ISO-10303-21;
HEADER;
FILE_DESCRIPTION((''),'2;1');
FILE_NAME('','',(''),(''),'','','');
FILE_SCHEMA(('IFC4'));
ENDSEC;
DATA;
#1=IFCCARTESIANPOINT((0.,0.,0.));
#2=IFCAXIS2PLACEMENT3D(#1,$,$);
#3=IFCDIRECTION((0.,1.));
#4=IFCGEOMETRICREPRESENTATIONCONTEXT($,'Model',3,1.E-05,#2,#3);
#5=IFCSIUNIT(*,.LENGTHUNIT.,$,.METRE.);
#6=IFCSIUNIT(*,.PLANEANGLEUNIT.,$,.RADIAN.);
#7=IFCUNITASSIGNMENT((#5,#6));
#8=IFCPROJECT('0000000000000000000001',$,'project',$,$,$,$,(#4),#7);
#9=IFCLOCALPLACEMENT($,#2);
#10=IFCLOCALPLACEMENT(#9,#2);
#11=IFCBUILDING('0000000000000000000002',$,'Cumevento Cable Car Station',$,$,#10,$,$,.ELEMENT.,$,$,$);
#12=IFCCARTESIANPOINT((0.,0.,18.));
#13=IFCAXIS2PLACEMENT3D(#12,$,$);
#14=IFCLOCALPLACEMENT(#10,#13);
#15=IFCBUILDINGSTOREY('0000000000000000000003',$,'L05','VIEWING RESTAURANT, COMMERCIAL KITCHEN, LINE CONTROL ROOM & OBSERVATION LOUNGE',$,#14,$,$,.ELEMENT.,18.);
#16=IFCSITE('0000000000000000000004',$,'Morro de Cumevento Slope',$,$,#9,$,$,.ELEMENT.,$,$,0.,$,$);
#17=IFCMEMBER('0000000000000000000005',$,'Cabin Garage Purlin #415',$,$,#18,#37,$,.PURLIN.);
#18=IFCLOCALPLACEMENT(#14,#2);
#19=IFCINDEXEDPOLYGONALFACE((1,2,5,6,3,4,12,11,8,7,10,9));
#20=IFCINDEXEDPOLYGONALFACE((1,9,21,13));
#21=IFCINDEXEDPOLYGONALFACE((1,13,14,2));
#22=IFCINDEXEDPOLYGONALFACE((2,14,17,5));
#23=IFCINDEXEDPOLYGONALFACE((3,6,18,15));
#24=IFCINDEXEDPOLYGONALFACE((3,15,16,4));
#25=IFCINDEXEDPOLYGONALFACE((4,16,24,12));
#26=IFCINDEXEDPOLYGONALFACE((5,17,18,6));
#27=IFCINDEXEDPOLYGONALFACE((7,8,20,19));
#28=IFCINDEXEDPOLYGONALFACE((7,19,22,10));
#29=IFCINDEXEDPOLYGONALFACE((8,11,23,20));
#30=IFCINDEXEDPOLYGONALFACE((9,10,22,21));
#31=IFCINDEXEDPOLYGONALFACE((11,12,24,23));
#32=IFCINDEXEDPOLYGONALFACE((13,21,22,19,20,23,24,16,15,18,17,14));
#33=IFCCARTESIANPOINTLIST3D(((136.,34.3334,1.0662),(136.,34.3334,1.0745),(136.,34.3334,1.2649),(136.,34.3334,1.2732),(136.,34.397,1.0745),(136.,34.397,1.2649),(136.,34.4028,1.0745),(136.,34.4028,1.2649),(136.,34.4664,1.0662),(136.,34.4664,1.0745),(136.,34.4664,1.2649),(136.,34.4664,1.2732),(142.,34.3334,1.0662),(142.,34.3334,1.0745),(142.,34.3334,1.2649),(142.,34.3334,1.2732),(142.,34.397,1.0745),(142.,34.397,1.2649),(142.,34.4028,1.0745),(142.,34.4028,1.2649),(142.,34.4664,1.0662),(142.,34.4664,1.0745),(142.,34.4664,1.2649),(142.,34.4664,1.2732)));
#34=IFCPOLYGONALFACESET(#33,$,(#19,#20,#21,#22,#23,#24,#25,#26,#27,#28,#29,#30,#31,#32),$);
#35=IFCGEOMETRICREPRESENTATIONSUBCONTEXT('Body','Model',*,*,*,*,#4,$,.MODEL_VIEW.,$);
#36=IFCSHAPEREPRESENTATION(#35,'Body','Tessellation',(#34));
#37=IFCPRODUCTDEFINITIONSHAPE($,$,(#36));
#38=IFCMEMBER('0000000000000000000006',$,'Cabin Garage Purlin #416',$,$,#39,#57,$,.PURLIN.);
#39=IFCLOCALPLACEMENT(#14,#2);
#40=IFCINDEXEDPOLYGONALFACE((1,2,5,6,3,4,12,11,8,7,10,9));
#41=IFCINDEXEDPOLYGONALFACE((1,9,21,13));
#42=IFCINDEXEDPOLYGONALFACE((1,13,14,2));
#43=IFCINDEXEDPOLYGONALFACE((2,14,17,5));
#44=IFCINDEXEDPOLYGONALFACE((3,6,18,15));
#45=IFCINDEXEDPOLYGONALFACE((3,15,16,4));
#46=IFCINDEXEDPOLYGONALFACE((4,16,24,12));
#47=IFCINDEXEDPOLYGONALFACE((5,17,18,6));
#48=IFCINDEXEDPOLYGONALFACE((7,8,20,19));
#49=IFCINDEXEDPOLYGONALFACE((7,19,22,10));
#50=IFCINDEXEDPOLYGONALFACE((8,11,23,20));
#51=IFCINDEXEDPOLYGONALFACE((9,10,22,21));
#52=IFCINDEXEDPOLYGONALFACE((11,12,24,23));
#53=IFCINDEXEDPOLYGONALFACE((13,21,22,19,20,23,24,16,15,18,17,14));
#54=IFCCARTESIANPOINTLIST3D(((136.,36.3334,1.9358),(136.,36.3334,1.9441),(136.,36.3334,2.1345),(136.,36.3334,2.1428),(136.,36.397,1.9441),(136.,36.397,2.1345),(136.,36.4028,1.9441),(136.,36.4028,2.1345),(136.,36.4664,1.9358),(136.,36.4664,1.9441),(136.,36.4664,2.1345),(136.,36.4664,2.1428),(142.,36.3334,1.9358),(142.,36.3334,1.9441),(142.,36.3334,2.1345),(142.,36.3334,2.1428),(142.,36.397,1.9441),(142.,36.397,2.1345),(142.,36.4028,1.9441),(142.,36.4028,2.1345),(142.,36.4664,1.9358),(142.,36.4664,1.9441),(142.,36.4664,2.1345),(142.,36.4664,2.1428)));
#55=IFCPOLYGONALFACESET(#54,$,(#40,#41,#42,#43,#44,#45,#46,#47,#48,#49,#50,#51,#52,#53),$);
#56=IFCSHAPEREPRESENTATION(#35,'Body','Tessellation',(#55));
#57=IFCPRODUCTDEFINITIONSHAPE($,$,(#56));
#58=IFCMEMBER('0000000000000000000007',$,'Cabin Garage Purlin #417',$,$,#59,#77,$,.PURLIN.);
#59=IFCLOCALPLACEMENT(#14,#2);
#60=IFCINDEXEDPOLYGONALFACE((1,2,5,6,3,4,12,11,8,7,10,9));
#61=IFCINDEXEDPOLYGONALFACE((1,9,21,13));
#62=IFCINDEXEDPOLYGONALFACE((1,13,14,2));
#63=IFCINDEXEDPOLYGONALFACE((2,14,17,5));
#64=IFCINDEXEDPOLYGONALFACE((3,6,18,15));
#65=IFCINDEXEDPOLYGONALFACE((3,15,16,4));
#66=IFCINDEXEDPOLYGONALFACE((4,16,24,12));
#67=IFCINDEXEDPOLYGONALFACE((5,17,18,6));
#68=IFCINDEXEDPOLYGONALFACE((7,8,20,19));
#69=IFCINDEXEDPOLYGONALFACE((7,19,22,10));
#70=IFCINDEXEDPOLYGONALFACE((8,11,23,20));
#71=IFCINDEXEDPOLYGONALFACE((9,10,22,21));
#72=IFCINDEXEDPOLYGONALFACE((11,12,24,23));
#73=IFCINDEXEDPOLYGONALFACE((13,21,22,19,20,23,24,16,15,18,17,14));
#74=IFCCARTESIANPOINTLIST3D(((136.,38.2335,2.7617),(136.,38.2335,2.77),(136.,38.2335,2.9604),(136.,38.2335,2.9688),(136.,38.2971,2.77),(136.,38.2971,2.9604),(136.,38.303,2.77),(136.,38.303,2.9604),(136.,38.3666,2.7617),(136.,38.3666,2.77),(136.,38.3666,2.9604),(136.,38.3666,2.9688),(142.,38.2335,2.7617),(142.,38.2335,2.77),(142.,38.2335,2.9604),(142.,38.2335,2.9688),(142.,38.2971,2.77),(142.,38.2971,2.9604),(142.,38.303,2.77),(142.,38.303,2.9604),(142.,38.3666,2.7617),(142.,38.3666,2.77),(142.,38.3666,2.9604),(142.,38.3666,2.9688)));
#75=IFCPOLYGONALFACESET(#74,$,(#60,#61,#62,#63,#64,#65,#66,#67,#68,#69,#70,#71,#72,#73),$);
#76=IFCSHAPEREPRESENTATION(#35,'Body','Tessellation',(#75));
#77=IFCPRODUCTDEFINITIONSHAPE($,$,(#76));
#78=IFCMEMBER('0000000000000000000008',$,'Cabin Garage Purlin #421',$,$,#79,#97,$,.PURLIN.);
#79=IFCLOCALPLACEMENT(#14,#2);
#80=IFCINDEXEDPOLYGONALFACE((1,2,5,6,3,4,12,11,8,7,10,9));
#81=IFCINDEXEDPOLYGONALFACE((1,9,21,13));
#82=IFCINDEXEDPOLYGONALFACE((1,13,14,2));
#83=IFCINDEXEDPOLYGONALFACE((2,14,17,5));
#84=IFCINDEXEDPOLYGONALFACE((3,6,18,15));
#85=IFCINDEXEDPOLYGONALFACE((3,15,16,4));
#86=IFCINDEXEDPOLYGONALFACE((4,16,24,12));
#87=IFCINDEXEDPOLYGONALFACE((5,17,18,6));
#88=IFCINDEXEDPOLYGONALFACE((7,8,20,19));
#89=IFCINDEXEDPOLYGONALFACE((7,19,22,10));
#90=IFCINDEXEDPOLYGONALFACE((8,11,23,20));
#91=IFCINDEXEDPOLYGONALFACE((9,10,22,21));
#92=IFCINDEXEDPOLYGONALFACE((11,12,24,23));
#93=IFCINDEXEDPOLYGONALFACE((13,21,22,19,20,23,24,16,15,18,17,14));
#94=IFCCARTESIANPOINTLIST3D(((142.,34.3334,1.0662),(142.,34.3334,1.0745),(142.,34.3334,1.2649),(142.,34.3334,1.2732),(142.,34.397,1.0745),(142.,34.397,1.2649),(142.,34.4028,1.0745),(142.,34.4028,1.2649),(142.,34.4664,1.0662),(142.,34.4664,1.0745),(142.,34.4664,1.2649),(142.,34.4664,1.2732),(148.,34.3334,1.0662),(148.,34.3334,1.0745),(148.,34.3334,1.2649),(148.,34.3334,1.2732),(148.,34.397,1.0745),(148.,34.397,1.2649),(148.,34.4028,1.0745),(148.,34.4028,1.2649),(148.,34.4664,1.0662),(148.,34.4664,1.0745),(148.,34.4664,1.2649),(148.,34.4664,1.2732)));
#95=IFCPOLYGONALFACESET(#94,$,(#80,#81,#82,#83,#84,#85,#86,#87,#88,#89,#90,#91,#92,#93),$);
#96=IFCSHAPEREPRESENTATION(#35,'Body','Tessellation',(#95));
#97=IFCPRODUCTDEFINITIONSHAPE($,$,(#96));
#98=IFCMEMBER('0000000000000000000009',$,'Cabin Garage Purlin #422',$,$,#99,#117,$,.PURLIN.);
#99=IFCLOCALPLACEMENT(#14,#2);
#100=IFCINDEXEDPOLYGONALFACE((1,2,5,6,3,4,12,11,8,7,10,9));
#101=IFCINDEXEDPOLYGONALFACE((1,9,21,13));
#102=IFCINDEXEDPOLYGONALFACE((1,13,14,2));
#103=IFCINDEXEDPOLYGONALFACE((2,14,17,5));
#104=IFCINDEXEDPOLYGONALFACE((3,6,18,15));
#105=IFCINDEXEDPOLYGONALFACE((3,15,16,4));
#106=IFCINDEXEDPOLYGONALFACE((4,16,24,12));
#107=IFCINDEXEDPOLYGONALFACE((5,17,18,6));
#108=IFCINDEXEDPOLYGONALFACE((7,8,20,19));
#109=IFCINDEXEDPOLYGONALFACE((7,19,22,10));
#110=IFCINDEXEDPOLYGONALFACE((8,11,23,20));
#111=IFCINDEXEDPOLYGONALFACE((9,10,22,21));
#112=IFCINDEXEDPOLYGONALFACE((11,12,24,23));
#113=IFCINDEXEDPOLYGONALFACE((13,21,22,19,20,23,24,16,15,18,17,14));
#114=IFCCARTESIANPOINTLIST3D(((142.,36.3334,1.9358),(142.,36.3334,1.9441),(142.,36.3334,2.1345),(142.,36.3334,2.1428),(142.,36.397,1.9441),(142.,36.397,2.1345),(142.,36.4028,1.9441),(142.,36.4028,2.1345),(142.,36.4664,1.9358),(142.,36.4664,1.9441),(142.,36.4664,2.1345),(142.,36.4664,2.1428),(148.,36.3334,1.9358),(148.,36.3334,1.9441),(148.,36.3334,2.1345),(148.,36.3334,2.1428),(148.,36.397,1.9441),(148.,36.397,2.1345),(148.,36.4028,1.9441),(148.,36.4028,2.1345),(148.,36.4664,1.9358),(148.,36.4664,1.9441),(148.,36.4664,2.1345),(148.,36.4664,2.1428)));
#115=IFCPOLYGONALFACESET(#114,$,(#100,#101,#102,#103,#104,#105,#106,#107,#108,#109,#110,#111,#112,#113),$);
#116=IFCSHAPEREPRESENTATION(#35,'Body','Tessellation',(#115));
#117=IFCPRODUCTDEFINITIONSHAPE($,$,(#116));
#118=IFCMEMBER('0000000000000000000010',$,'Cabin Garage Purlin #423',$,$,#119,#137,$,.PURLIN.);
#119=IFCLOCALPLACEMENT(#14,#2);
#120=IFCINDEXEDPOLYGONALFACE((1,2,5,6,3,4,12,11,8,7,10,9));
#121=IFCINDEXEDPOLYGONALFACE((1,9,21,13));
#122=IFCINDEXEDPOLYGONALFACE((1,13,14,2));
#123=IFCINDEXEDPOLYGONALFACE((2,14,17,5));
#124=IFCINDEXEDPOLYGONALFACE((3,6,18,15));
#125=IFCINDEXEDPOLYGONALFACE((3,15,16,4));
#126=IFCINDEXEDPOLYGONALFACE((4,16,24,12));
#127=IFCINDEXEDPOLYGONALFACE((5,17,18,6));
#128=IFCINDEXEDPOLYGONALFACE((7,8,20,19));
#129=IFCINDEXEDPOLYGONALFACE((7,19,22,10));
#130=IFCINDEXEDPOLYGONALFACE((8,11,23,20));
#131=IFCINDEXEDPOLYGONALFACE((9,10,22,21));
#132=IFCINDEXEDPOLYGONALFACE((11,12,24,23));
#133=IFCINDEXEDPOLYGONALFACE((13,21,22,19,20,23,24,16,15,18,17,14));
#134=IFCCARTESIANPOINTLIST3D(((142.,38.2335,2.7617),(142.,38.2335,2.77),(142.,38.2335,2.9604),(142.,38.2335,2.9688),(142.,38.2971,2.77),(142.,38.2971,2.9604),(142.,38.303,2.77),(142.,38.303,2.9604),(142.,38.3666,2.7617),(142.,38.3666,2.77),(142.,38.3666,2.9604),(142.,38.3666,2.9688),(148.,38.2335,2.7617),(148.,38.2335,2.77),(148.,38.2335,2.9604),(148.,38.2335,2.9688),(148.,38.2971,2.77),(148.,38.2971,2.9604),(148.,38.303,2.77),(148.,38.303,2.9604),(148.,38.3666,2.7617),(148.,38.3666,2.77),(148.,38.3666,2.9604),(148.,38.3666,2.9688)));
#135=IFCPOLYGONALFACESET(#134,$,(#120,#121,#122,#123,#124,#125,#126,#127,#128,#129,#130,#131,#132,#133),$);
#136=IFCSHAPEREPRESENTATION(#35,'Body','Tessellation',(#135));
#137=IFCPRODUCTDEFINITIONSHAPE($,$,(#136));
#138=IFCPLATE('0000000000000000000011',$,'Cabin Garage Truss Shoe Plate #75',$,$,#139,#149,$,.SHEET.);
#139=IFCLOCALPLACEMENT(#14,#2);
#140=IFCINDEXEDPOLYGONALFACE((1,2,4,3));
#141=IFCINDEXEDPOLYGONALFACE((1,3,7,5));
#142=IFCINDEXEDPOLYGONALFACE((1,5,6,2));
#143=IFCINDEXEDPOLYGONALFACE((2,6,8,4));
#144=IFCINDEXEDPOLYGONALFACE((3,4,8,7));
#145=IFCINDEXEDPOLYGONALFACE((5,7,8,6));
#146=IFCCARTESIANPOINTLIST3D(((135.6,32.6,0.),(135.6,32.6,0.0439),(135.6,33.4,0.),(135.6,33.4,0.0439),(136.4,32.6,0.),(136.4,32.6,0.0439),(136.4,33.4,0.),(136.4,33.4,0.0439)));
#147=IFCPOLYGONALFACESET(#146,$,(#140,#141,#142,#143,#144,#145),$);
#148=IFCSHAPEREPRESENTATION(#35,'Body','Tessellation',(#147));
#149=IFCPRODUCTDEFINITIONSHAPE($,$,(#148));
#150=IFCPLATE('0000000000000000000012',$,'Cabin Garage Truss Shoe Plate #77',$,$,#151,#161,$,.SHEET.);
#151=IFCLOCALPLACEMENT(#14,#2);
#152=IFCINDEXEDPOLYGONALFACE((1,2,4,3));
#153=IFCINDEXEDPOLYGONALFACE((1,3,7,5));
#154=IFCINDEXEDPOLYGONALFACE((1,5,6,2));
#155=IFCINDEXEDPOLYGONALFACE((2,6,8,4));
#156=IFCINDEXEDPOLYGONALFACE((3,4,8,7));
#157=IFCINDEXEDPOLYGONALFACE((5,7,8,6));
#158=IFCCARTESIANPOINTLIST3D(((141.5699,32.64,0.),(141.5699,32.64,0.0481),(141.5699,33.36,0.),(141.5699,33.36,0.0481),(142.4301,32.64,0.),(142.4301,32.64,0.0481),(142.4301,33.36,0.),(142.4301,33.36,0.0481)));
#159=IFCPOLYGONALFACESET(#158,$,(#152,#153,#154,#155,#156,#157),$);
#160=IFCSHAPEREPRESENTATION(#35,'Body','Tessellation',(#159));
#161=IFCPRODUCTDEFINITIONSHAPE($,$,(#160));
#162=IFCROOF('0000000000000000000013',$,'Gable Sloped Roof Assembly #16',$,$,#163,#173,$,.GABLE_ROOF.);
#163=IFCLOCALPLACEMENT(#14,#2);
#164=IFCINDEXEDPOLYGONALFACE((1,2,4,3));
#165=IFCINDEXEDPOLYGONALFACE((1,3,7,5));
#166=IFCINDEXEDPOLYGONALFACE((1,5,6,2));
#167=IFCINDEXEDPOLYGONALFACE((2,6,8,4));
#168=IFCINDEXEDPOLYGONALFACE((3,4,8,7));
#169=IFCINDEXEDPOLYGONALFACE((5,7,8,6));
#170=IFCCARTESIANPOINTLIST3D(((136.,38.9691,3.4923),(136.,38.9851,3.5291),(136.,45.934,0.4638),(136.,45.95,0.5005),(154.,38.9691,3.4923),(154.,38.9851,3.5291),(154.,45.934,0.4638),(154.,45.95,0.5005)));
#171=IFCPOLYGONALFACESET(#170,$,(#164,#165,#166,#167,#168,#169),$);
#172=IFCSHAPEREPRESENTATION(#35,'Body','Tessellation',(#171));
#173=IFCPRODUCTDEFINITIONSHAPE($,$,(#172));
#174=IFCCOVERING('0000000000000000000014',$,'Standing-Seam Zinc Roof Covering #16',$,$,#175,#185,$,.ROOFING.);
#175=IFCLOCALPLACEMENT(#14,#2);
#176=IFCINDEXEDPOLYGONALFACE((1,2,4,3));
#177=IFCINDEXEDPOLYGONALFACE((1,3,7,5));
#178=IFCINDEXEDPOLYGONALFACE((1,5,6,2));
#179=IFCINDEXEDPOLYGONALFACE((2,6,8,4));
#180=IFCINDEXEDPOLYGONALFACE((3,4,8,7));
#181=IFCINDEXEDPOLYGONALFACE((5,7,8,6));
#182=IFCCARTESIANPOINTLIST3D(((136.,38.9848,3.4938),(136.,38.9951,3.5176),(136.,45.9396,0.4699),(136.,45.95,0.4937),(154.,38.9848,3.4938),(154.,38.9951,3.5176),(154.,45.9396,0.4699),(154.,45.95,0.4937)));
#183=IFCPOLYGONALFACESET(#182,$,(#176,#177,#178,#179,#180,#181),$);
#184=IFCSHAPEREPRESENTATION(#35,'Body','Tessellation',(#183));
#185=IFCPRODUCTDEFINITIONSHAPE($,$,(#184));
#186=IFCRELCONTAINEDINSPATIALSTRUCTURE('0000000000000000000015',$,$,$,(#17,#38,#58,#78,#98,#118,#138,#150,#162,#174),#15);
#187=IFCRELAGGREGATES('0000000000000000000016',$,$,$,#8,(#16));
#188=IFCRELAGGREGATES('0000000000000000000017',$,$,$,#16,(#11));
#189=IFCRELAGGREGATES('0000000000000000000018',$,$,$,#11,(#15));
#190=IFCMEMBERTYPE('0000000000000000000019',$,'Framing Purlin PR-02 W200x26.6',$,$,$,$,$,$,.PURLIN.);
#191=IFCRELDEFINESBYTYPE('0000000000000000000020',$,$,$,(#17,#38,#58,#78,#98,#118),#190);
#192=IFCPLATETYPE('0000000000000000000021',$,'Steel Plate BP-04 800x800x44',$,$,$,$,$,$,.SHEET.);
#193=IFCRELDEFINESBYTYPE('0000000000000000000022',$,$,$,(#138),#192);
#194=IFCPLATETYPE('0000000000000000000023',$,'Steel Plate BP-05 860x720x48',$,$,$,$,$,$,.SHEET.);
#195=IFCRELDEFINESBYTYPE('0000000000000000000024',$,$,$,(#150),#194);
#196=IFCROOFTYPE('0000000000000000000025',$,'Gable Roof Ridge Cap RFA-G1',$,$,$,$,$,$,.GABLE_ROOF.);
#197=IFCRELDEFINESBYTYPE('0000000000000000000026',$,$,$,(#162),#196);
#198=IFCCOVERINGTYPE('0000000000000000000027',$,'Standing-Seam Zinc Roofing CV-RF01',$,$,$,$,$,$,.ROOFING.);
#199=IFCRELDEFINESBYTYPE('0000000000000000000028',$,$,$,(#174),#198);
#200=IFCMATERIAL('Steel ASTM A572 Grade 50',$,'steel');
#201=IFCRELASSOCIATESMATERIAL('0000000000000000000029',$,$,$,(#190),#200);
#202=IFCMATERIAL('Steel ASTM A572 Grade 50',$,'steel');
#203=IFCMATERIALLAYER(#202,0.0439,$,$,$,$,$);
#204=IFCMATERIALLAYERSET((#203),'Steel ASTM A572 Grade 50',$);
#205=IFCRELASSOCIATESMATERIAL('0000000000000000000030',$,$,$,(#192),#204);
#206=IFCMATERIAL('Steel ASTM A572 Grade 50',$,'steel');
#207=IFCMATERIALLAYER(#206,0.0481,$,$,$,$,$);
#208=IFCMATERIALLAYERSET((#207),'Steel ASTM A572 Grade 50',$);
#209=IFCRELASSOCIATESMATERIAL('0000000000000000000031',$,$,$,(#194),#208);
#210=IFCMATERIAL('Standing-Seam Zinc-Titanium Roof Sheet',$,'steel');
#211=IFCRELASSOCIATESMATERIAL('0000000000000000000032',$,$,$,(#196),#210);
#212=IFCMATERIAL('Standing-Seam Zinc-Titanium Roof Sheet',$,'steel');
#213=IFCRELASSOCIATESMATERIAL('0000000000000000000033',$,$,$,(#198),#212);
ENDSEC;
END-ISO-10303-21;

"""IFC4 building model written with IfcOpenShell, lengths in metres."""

from ifc_helpers import new_model, si_unit, direction, frame, origin, origin_2d, place, context, subcontext, project, spatial, polyline, rectangle, i_section, outline, extrude, material, layer, layer_set, material_profile, profile_set, type_object, element, save


model = new_model("IFC4")

# Units and contexts
model_context = context("Model", 3, precision=1e-05, world=origin(), true_north=direction((0.0, 1.0)))
body_context = subcontext(model_context, "Body", "Model", "MODEL_VIEW")
ifc_project = project(units=[si_unit("LENGTHUNIT", "METRE"), si_unit("PLANEANGLEUNIT", "RADIAN")], contexts=[model_context])

# Site, building, storey
site_placement = place(None, origin())
site = spatial("IfcSite", under=ifc_project, at=site_placement, Name="Morro de Cumevento Slope", CompositionType="ELEMENT", RefElevation=0.0)
building_placement = place(site_placement, origin())
building = spatial("IfcBuilding", under=site, at=building_placement, Name="Cumevento Cable Car Station", CompositionType="ELEMENT")
storey_placement = place(building_placement, frame((0.0, 0.0, 18.0)))
storey = spatial("IfcBuildingStorey", under=building, at=storey_placement, Name="L05", Description="VIEWING RESTAURANT, COMMERCIAL KITCHEN, LINE CONTROL ROOM & OBSERVATION LOUNGE", CompositionType="ELEMENT", Elevation=18.0)

# Members
ifc_material_1 = material(Name="Steel ASTM A572 Grade 50", Category="steel")
ifc_material_profile_1 = material_profile(ifc_material_1, i_section(OverallWidth=0.1331, OverallDepth=0.207, WebThickness=0.0059, FlangeThickness=0.0083, at=origin_2d()), Name="W200x26.6")
ifc_profile_set_1 = profile_set([ifc_material_profile_1], Name="Steel ASTM A572 Grade 50")
member_type_1 = type_object("IfcMemberType", Name="Framing Purlin PR-02 W200x26.6", PredefinedType="PURLIN", material=ifc_profile_set_1)
for number, where, z_axis, x_axis, name in (
    (1, (136.0, 34.3999, 1.1697), (1.0, 0.0, 0.0), (0.0, 1.0, 0.0), "Cabin Garage Purlin #415"),
    (2, (136.0, 36.3999, 2.0393), (1.0, 0.0, 0.0), (0.0, 1.0, 0.0), "Cabin Garage Purlin #416"),
    (3, (136.0, 38.3, 2.8652), (1.0, 0.0, 0.0), (0.0, 1.0, 0.0), "Cabin Garage Purlin #417"),
    (4, (142.0, 34.3999, 1.1697), (1.0, 0.0, 0.0), (0.0, 1.0, 0.0), "Cabin Garage Purlin #421"),
    (5, (142.0, 36.3999, 2.0393), (1.0, 0.0, 0.0), (0.0, 1.0, 0.0), "Cabin Garage Purlin #422"),
    (6, (142.0, 38.3, 2.8652), (1.0, 0.0, 0.0), (0.0, 1.0, 0.0), "Cabin Garage Purlin #423"),
):
    element("IfcMember", number, at=place(storey_placement, frame(where, z_axis=z_axis, x_axis=x_axis)), inside=storey, type_object=member_type_1, Name=name, PredefinedType="PURLIN", context=body_context, shape_type="SweptSolid", body=[
        extrude(i_section(OverallWidth=0.1331, OverallDepth=0.207, WebThickness=0.0059, FlangeThickness=0.0083, at=origin_2d()), origin(), (0.0, 0.0, 1.0), 6.0),
    ])

# Plates
ifc_material_2 = material(Name="Steel ASTM A572 Grade 50", Category="steel")
ifc_layer_1 = layer(ifc_material_2, 0.0439)
ifc_layer_set_1 = layer_set([ifc_layer_1], Name="Steel ASTM A572 Grade 50")
plate_type_1 = type_object("IfcPlateType", Name="Steel Plate BP-04 800x800x44", PredefinedType="SHEET", material=ifc_layer_set_1)
plate_1_placement = place(storey_placement, frame((136.0, 33.0, 0.0), z_axis=(0.0, 0.0, 1.0), x_axis=(1.0, 0.0, 0.0)))
element("IfcPlate", 7, at=plate_1_placement, inside=storey, type_object=plate_type_1, Name="Cabin Garage Truss Shoe Plate #75", PredefinedType="SHEET", context=body_context, shape_type="SweptSolid", body=[
    extrude(rectangle(XDim=0.8, YDim=0.8, at=origin_2d()), origin(), (0.0, 0.0, 1.0), 0.0439),
])
ifc_material_3 = material(Name="Steel ASTM A572 Grade 50", Category="steel")
ifc_layer_2 = layer(ifc_material_3, 0.0481)
ifc_layer_set_2 = layer_set([ifc_layer_2], Name="Steel ASTM A572 Grade 50")
plate_type_2 = type_object("IfcPlateType", Name="Steel Plate BP-05 860x720x48", PredefinedType="SHEET", material=ifc_layer_set_2)
plate_2_placement = place(storey_placement, frame((142.0, 33.0, 0.0), z_axis=(0.0, 0.0, 1.0), x_axis=(1.0, 0.0, 0.0)))
element("IfcPlate", 8, at=plate_2_placement, inside=storey, type_object=plate_type_2, Name="Cabin Garage Truss Shoe Plate #77", PredefinedType="SHEET", context=body_context, shape_type="SweptSolid", body=[
    extrude(rectangle(XDim=0.8601, YDim=0.72, at=origin_2d()), origin(), (0.0, 0.0, 1.0), 0.0481),
])

# Roof
ifc_material_4 = material(Name="Standing-Seam Zinc-Titanium Roof Sheet", Category="steel")
roof_type = type_object("IfcRoofType", Name="Gable Roof Ridge Cap RFA-G1", PredefinedType="GABLE_ROOF", material=ifc_material_4)
roof_placement = place(storey_placement, frame((136.0, 38.9851, 3.5291), z_axis=(0.0, 0.398767, 0.917052), x_axis=(1.0, 0.0, 0.0)))
element("IfcRoof", 9, at=roof_placement, inside=storey, type_object=roof_type, Name="Gable Sloped Roof Assembly #16", PredefinedType="GABLE_ROOF", context=body_context, shape_type="SweptSolid", body=[
    extrude(outline(polyline([(0.0, 0.0), (18.0, 0.0), (18.0, 7.5948), (0.0, 7.5948), (0.0, 0.0)])), origin(), (0.0, 0.0, -1.0), 0.04),
])

# Covering
ifc_material_5 = material(Name="Standing-Seam Zinc-Titanium Roof Sheet", Category="steel")
covering_type_1 = type_object("IfcCoveringType", Name="Standing-Seam Zinc Roofing CV-RF01", PredefinedType="ROOFING", material=ifc_material_5)
covering_1_placement = place(storey_placement, frame((136.0, 38.9951, 3.5176), z_axis=(0.0, 0.398736, 0.917066), x_axis=(1.0, 0.0, 0.0)))
element("IfcCovering", 10, at=covering_1_placement, inside=storey, type_object=covering_type_1, Name="Standing-Seam Zinc Roof Covering #16", PredefinedType="ROOFING", context=body_context, shape_type="SweptSolid", body=[
    extrude(outline(polyline([(0.0, 0.0), (18.0, 0.0), (18.0, 7.5838), (0.0, 7.5838), (0.0, 0.0)])), origin(), (0.0, 0.0, -1.0), 0.0259),
])

save(model, "model.ifc")
